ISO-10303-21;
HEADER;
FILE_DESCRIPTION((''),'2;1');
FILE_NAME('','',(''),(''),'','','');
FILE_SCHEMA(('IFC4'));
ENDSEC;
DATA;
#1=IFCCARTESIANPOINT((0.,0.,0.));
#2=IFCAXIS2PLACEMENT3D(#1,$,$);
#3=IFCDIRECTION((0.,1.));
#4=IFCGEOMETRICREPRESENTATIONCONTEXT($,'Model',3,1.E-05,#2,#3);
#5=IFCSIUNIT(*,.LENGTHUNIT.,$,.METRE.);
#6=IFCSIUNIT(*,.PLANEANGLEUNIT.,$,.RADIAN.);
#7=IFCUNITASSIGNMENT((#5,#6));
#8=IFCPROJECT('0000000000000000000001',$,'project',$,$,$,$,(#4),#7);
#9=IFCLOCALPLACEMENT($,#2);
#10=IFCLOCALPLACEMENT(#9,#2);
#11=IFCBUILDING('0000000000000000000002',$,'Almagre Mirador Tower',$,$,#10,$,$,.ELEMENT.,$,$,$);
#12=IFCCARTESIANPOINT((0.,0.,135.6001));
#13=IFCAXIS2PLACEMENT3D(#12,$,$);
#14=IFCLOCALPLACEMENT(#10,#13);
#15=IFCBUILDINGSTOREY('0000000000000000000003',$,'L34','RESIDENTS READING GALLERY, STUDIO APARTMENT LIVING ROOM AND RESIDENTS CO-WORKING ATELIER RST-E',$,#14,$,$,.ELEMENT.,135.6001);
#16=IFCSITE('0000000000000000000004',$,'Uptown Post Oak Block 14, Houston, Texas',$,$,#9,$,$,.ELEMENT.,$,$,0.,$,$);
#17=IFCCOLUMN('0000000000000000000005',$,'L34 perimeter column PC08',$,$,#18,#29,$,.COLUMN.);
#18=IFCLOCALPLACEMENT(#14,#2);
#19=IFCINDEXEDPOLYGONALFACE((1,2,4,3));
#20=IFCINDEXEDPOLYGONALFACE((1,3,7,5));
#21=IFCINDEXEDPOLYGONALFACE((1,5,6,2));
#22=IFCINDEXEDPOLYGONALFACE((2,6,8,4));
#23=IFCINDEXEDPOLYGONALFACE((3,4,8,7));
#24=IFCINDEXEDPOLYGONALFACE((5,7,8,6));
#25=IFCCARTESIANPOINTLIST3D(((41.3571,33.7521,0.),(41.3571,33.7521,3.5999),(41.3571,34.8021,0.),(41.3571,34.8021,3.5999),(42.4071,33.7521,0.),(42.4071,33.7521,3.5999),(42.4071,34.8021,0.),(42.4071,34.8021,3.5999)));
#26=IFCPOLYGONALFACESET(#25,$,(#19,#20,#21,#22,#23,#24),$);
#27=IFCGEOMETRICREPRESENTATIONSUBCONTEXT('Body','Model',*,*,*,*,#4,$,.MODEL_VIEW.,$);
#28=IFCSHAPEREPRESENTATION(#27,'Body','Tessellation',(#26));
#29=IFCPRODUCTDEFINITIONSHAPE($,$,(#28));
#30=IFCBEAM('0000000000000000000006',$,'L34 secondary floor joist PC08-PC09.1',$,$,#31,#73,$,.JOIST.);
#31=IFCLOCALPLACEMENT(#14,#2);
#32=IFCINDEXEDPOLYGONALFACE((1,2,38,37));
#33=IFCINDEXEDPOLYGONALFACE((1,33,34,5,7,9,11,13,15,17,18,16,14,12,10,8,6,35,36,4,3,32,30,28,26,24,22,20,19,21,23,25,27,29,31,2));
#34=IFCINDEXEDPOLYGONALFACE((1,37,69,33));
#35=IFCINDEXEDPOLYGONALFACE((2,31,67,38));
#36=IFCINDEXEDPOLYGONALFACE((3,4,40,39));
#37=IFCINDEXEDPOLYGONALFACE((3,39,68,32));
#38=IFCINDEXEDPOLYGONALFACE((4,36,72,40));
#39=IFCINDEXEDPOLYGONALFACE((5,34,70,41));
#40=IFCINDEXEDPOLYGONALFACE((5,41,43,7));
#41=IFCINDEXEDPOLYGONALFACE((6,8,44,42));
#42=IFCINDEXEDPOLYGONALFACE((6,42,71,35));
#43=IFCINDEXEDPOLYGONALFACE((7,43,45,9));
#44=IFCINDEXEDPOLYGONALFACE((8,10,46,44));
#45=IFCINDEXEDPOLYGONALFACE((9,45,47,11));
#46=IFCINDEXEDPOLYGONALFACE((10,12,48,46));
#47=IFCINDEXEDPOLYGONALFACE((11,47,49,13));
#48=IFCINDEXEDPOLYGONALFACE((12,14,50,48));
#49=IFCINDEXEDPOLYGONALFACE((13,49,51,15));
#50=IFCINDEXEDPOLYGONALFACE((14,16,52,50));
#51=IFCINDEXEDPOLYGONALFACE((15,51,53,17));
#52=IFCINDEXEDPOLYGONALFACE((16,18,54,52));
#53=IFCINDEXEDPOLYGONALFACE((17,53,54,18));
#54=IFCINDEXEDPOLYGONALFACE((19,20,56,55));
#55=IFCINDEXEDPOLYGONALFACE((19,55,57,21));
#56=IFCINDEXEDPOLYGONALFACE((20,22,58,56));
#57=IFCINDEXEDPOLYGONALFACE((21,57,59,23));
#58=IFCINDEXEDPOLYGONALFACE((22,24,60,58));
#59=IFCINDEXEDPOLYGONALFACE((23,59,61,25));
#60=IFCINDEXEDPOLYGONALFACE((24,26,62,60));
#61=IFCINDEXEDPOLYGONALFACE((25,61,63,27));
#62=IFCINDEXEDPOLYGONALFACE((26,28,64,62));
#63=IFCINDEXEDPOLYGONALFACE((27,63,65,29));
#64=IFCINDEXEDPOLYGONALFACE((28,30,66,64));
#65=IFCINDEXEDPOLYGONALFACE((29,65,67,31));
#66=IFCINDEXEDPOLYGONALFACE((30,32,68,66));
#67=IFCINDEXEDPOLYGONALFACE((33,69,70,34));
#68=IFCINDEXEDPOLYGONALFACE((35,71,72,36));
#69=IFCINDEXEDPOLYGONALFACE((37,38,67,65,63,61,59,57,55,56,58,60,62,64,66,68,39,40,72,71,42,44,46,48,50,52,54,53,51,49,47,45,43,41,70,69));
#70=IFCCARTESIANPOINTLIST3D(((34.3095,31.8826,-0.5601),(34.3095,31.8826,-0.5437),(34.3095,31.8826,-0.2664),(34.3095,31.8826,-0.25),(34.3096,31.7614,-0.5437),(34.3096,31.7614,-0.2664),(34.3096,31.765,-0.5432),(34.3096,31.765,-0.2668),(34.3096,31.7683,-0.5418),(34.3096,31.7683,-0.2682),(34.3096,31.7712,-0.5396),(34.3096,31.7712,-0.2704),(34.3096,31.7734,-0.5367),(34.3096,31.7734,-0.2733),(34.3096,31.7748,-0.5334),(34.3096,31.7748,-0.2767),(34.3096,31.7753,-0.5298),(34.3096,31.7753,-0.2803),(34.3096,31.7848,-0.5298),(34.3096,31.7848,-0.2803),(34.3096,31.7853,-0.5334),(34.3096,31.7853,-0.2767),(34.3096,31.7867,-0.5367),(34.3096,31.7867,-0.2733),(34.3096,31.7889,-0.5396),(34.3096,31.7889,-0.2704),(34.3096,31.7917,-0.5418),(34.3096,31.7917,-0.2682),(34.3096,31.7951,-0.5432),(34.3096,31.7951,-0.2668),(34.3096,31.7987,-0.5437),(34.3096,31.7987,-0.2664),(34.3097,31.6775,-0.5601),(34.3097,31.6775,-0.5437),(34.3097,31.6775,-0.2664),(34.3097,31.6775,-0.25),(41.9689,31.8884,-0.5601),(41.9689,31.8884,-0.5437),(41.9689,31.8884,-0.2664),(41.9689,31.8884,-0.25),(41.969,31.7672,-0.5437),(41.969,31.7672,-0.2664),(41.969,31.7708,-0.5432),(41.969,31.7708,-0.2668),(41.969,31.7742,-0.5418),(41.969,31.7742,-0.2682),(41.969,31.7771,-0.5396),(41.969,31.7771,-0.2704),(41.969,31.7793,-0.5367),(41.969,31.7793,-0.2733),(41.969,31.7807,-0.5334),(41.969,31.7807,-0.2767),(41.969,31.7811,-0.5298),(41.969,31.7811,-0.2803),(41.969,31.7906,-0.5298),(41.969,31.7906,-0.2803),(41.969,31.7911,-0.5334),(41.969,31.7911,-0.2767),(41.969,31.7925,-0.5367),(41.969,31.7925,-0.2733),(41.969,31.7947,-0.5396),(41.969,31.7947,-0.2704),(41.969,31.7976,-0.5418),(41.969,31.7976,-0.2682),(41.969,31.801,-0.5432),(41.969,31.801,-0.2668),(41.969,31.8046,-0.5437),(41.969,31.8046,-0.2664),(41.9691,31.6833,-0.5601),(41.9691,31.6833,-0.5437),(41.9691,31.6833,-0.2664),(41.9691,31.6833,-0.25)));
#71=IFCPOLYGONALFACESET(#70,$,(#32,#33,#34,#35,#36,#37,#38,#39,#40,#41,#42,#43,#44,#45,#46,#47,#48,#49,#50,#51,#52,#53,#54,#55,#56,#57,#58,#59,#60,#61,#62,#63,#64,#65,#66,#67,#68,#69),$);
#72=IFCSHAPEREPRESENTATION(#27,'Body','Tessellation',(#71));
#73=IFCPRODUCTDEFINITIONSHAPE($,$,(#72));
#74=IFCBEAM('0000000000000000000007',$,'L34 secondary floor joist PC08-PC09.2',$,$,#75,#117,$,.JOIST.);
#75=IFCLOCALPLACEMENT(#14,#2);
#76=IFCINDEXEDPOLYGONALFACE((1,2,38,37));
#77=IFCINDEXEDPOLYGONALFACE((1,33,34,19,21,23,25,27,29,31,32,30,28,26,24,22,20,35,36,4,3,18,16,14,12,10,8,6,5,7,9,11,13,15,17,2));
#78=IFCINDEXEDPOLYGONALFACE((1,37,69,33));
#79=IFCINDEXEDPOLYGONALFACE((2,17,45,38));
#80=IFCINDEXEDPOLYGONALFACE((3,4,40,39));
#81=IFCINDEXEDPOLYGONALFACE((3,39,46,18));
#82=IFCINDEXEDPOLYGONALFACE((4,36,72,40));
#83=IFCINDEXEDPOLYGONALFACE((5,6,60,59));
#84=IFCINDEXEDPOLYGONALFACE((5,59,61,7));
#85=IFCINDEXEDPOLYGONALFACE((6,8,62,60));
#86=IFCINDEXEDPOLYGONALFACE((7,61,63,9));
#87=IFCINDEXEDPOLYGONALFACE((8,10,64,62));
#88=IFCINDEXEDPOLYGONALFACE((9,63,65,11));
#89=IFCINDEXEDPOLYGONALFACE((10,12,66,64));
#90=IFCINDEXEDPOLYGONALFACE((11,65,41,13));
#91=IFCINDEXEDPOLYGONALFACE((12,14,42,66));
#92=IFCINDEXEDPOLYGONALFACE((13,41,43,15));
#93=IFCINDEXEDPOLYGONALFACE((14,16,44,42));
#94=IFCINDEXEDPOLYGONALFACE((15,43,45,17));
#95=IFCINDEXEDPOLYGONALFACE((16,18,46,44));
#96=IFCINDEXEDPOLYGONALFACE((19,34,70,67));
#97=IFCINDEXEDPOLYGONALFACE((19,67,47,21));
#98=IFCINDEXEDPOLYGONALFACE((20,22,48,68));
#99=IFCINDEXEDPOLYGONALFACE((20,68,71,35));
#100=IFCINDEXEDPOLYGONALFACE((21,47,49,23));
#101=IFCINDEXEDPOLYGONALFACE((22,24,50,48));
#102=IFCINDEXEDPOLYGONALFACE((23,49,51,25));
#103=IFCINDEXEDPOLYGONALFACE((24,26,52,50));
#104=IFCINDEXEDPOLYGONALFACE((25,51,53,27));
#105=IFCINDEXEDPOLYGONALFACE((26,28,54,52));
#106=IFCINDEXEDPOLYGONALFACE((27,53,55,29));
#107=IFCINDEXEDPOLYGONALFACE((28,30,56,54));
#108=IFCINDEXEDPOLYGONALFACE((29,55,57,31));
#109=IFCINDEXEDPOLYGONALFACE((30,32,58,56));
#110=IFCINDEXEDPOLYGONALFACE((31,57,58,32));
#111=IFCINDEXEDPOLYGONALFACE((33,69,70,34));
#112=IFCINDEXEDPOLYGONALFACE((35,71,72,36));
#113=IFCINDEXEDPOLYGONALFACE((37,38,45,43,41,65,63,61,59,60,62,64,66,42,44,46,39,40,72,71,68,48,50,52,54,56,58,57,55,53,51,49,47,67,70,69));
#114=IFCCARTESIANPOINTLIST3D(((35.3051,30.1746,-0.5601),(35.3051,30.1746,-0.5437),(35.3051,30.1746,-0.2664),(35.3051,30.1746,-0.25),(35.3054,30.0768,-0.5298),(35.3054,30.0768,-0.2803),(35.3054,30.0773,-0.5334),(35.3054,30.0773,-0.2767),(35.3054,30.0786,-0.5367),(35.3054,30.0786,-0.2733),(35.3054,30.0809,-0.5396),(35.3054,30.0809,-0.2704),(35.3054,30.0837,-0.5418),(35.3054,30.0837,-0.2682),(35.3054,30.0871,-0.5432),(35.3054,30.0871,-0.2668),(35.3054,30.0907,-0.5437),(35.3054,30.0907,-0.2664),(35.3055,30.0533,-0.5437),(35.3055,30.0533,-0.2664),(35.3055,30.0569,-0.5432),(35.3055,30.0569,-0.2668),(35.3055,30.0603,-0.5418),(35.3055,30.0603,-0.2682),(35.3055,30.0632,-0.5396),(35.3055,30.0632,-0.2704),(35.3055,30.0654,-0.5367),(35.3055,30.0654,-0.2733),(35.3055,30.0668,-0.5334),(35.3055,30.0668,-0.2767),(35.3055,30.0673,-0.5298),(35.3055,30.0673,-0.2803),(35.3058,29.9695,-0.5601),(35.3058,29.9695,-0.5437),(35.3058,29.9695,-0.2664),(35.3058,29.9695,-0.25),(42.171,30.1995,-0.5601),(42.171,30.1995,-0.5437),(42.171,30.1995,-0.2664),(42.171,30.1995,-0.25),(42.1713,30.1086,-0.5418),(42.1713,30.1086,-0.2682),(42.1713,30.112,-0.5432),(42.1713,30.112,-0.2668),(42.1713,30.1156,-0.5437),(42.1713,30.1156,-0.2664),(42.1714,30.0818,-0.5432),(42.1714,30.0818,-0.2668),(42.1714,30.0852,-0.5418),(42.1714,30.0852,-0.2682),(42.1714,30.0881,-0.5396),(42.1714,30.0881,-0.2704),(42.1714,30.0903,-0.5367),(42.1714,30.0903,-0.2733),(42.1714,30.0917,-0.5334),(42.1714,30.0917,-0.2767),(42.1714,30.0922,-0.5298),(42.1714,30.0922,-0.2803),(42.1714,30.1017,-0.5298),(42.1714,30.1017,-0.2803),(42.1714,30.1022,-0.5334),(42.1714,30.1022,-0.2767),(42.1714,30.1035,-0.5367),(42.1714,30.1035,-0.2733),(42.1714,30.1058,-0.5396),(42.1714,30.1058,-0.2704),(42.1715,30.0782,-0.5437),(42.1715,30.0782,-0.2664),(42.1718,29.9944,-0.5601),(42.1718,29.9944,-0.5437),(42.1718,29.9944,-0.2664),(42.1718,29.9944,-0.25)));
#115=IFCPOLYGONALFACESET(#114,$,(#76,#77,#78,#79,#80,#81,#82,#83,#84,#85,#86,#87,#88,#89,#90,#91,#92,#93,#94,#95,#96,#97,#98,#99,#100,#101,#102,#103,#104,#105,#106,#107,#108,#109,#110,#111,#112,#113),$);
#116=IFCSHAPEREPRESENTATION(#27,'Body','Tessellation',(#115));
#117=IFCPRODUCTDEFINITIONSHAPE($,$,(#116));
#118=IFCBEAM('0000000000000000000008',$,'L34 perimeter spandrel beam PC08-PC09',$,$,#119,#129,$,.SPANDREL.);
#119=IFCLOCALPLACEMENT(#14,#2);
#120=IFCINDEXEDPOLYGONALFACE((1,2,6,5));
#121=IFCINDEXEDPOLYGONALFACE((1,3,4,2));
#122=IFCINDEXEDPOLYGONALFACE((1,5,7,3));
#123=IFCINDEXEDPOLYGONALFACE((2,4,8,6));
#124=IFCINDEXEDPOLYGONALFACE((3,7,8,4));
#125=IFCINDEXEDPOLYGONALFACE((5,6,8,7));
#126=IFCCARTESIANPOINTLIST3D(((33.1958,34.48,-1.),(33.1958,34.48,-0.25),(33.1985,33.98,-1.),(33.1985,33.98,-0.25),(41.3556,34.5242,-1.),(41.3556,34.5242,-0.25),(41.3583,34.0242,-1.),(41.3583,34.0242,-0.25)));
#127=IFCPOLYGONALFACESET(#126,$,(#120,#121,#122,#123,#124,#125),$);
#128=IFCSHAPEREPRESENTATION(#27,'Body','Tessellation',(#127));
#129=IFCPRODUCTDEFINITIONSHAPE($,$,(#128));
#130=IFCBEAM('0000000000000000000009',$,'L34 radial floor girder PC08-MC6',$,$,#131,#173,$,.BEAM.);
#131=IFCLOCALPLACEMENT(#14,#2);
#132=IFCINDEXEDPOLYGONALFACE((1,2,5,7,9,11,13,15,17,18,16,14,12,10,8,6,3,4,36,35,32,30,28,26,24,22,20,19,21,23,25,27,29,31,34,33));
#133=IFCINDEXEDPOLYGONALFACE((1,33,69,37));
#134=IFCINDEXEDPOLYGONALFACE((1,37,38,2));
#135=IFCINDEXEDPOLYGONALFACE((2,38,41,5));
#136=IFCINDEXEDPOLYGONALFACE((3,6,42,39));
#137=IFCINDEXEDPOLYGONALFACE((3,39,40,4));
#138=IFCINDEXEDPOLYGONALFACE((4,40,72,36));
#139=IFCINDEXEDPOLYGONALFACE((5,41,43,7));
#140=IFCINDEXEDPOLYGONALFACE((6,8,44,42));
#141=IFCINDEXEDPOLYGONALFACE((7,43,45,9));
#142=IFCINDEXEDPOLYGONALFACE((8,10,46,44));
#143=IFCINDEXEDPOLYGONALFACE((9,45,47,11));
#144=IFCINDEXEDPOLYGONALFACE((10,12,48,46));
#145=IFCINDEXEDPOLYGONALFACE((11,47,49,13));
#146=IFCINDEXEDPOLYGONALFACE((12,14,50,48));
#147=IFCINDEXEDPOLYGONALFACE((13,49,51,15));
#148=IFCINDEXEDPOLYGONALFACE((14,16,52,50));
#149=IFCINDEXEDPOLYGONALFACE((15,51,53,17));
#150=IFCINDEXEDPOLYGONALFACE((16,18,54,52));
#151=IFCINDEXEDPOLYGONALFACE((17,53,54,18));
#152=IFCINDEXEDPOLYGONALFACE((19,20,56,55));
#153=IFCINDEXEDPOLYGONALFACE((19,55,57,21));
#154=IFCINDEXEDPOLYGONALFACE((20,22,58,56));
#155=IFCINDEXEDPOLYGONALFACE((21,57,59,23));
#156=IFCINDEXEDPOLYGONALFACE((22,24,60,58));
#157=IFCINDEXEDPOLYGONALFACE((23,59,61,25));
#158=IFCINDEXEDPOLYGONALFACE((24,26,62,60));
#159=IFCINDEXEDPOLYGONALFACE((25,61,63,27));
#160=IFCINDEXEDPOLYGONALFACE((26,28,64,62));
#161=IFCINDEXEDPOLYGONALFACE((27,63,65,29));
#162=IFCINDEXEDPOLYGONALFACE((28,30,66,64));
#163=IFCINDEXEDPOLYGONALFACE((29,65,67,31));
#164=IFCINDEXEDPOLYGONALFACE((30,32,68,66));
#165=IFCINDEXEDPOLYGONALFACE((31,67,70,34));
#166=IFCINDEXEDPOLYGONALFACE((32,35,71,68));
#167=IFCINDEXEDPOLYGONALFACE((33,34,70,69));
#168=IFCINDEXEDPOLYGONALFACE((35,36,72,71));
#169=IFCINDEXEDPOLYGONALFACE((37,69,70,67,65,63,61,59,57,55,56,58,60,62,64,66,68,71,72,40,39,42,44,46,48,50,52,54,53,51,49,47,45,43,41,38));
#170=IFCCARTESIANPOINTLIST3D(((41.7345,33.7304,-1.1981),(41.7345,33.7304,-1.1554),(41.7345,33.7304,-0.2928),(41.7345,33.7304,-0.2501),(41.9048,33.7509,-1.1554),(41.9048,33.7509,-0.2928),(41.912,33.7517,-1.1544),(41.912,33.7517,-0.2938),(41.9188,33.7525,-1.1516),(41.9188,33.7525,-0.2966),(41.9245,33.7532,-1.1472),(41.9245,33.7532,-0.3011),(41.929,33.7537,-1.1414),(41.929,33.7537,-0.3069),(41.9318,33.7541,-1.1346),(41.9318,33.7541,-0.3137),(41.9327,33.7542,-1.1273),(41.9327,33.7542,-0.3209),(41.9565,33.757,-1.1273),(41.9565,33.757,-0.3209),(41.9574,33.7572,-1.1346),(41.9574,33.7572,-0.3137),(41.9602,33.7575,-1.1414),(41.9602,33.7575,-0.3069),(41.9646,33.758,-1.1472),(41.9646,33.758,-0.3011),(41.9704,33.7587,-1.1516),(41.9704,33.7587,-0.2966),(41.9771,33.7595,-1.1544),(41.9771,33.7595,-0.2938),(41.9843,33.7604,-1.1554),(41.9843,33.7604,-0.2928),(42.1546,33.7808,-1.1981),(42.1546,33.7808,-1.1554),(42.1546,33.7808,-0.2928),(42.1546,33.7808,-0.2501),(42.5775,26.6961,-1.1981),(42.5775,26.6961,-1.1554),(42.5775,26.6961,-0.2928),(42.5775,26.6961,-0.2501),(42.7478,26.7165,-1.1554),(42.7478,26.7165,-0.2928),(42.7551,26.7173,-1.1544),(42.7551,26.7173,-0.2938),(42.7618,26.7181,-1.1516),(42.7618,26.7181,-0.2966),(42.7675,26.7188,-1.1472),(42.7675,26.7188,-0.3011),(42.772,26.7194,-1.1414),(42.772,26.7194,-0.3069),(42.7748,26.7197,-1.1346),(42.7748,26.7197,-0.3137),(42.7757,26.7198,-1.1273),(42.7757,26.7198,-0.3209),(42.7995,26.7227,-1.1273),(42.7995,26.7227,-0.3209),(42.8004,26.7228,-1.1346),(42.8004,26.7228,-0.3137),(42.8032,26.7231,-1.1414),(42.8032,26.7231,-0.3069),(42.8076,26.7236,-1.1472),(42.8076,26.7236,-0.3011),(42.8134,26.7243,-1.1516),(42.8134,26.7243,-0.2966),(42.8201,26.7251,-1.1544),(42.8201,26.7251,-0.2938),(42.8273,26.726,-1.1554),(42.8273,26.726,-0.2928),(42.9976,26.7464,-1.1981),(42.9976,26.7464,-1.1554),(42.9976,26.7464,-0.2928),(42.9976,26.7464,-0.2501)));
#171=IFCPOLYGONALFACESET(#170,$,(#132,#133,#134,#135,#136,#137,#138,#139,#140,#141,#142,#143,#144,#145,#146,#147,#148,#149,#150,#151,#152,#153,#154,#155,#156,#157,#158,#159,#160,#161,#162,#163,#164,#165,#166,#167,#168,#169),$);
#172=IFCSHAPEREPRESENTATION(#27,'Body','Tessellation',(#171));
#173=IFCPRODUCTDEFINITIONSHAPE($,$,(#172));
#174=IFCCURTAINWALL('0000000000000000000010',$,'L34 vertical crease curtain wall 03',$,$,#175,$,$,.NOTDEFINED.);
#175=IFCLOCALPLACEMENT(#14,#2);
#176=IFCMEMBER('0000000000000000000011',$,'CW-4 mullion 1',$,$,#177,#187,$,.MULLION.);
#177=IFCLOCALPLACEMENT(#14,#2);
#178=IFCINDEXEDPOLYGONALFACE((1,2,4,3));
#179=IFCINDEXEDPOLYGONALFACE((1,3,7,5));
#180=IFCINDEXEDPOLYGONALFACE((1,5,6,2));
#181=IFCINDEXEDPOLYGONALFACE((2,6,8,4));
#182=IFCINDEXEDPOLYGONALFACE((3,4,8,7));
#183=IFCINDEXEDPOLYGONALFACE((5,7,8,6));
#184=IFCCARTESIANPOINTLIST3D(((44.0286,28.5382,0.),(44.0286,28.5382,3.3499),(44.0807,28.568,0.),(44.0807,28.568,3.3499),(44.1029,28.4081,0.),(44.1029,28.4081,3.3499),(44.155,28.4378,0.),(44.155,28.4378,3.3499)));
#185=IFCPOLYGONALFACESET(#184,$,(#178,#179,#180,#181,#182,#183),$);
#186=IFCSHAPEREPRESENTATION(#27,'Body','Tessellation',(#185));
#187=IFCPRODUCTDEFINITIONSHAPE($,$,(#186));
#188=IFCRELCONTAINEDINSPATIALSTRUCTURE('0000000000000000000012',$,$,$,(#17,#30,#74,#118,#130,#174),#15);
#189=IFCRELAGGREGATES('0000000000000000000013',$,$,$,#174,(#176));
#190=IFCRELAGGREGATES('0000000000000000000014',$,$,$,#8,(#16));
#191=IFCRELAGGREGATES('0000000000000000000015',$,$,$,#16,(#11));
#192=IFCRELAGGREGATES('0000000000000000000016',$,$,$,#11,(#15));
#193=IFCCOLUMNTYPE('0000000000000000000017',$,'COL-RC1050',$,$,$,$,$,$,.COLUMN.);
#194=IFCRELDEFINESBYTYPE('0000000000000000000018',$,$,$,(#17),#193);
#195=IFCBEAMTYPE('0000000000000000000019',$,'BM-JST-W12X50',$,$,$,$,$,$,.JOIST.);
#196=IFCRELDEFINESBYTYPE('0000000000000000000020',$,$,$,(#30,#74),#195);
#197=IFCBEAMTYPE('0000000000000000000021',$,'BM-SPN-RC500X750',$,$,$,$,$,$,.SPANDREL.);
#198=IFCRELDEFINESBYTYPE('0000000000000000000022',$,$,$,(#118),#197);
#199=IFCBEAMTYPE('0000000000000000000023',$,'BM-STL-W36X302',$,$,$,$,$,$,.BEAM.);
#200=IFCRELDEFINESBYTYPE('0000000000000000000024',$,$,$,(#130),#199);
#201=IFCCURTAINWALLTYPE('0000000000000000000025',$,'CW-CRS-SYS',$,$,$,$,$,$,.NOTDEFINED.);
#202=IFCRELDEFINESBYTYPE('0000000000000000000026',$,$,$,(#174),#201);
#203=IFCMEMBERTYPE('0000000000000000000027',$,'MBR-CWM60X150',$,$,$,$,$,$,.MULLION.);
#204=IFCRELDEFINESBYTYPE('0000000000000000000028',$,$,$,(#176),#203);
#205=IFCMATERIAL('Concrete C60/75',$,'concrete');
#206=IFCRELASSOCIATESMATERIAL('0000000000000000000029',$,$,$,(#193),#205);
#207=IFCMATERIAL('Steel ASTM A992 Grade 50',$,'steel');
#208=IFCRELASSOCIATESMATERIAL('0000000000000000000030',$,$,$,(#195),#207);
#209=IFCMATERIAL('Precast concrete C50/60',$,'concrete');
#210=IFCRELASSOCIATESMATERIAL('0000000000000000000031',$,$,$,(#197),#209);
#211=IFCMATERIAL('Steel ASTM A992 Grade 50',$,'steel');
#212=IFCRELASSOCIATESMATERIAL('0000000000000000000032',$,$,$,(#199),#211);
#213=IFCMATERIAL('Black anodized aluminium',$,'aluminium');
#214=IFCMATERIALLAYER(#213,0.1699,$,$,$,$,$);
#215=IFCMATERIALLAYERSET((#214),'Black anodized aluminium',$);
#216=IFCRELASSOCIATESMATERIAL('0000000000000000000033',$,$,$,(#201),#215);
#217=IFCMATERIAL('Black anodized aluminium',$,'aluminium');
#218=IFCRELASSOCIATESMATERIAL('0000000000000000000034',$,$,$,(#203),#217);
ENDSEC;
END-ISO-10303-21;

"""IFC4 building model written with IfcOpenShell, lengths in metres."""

from ifc_helpers import new_model, si_unit, direction, frame, origin, origin_2d, place, context, subcontext, project, spatial, rectangle, i_section, extrude, material, layer, layer_set, material_profile, profile_set, type_object, element, aggregate, save


model = new_model("IFC4")

# Units and contexts
model_context = context("Model", 3, precision=1e-05, world=origin(), true_north=direction((0.0, 1.0)))
body_context = subcontext(model_context, "Body", "Model", "MODEL_VIEW")
ifc_project = project(units=[si_unit("LENGTHUNIT", "METRE"), si_unit("PLANEANGLEUNIT", "RADIAN")], contexts=[model_context])

# Site, building, storey
site_placement = place(None, origin())
site = spatial("IfcSite", under=ifc_project, at=site_placement, Name="Uptown Post Oak Block 14, Houston, Texas", CompositionType="ELEMENT", RefElevation=0.0)
building_placement = place(site_placement, origin())
building = spatial("IfcBuilding", under=site, at=building_placement, Name="Almagre Mirador Tower", CompositionType="ELEMENT")
storey_placement = place(building_placement, frame((0.0, 0.0, 135.6001)))
storey = spatial("IfcBuildingStorey", under=building, at=storey_placement, Name="L34", Description="RESIDENTS READING GALLERY, STUDIO APARTMENT LIVING ROOM AND RESIDENTS CO-WORKING ATELIER RST-E", CompositionType="ELEMENT", Elevation=135.6001)

# Column
ifc_material_1 = material(Name="Concrete C60/75", Category="concrete")
ifc_material_profile_1 = material_profile(ifc_material_1, rectangle(XDim=1.05, YDim=1.05, at=origin_2d()), Name="RC1050X1050")
ifc_profile_set_1 = profile_set([ifc_material_profile_1], Name="Concrete C60/75")
column_type = type_object("IfcColumnType", Name="COL-RC1050", PredefinedType="COLUMN", material=ifc_profile_set_1)
column_placement = place(storey_placement, frame((41.8821, 34.2771, 0.0), z_axis=(0.0, 0.0, 1.0), x_axis=(1.0, 0.0, 0.0)))
element("IfcColumn", 1, at=column_placement, inside=storey, type_object=column_type, Name="L34 perimeter column PC08", PredefinedType="COLUMN", context=body_context, shape_type="SweptSolid", body=[
    extrude(rectangle(XDim=1.05, YDim=1.05, at=origin_2d()), origin(), (0.0, 0.0, 1.0), 3.5999),
])

# Beams
ifc_material_2 = material(Name="Steel ASTM A992 Grade 50", Category="steel")
ifc_material_profile_2 = material_profile(ifc_material_2, i_section(OverallWidth=0.2051, OverallDepth=0.3101, WebThickness=0.0095, FlangeThickness=0.0164, FilletRadius=0.0139, at=origin_2d()), Name="W12X50")
ifc_profile_set_2 = profile_set([ifc_material_profile_2], Name="Steel ASTM A992 Grade 50")
beam_type_1 = type_object("IfcBeamType", Name="BM-JST-W12X50", PredefinedType="JOIST", material=ifc_profile_set_2)
beam_1_placement = place(storey_placement, frame((41.969, 31.7859, -0.405), z_axis=(-1.0, -0.000765, 0.0), x_axis=(0.000765, -1.0, 0.0)))
element("IfcBeam", 2, at=beam_1_placement, inside=storey, type_object=beam_type_1, Name="L34 secondary floor joist PC08-PC09.1", PredefinedType="JOIST", context=body_context, shape_type="SweptSolid", body=[
    extrude(i_section(OverallWidth=0.2051, OverallDepth=0.3101, WebThickness=0.0095, FlangeThickness=0.0164, FilletRadius=0.0139, at=origin_2d()), origin(), (0.0, 0.0, 1.0), 7.6594),
])
beam_2_placement = place(storey_placement, frame((42.1714, 30.0969, -0.405), z_axis=(-0.999993, -0.003627, 0.0), x_axis=(0.003627, -0.999993, 0.0)))
element("IfcBeam", 3, at=beam_2_placement, inside=storey, type_object=beam_type_1, Name="L34 secondary floor joist PC08-PC09.2", PredefinedType="JOIST", context=body_context, shape_type="SweptSolid", body=[
    extrude(i_section(OverallWidth=0.2051, OverallDepth=0.3101, WebThickness=0.0095, FlangeThickness=0.0164, FilletRadius=0.0139, at=origin_2d()), origin(), (0.0, 0.0, 1.0), 6.866),
])
ifc_material_3 = material(Name="Precast concrete C50/60", Category="concrete")
ifc_material_profile_3 = material_profile(ifc_material_3, rectangle(XDim=0.5, YDim=0.75, at=origin_2d()), Name="RC500X750")
ifc_profile_set_3 = profile_set([ifc_material_profile_3], Name="Precast concrete C50/60")
beam_type_2 = type_object("IfcBeamType", Name="BM-SPN-RC500X750", PredefinedType="SPANDREL", material=ifc_profile_set_3)
beam_3_placement = place(storey_placement, frame((41.3569, 34.2742, -0.625), z_axis=(-0.999985, -0.005415, 0.0), x_axis=(0.005415, -0.999985, 0.0)))
element("IfcBeam", 4, at=beam_3_placement, inside=storey, type_object=beam_type_2, Name="L34 perimeter spandrel beam PC08-PC09", PredefinedType="SPANDREL", context=body_context, shape_type="SweptSolid", body=[
    extrude(rectangle(XDim=0.5, YDim=0.75, at=origin_2d()), origin(), (0.0, 0.0, 1.0), 8.1599),
])
ifc_material_4 = material(Name="Steel ASTM A992 Grade 50", Category="steel")
ifc_material_profile_4 = material_profile(ifc_material_4, i_section(OverallWidth=0.4231, OverallDepth=0.948, WebThickness=0.0239, FlangeThickness=0.0427, FilletRadius=0.0281, at=origin_2d()), Name="W36X302")
ifc_profile_set_4 = profile_set([ifc_material_profile_4], Name="Steel ASTM A992 Grade 50")
beam_type_3 = type_object("IfcBeamType", Name="BM-STL-W36X302", PredefinedType="BEAM", material=ifc_profile_set_4)
beam_4_placement = place(storey_placement, frame((41.9446, 33.7556, -0.7241), z_axis=(0.11899, -0.992895, 0.0), x_axis=(0.992895, 0.11899, 0.0)))
element("IfcBeam", 5, at=beam_4_placement, inside=storey, type_object=beam_type_3, Name="L34 radial floor girder PC08-MC6", PredefinedType="BEAM", context=body_context, shape_type="SweptSolid", body=[
    extrude(i_section(OverallWidth=0.4231, OverallDepth=0.948, WebThickness=0.0239, FlangeThickness=0.0427, FilletRadius=0.0281, at=origin_2d()), origin(), (0.0, 0.0, 1.0), 7.0847),
])

# Curtain wall, member
ifc_material_5 = material(Name="Black anodized aluminium", Category="aluminium")
ifc_layer_1 = layer(ifc_material_5, 0.1699)
ifc_layer_set_1 = layer_set([ifc_layer_1], Name="Black anodized aluminium")
curtain_wall_type = type_object("IfcCurtainWallType", Name="CW-CRS-SYS", PredefinedType="NOTDEFINED", material=ifc_layer_set_1)
curtain_wall_placement = place(storey_placement, origin())
curtain_wall = element("IfcCurtainWall", 6, at=curtain_wall_placement, inside=storey, type_object=curtain_wall_type, Name="L34 vertical crease curtain wall 03", PredefinedType="NOTDEFINED")
ifc_material_6 = material(Name="Black anodized aluminium", Category="aluminium")
ifc_material_profile_5 = material_profile(ifc_material_6, rectangle(XDim=0.0601, YDim=0.1499, at=origin_2d()), Name="CWM60X150")
ifc_profile_set_5 = profile_set([ifc_material_profile_5], Name="Black anodized aluminium")
member_type = type_object("IfcMemberType", Name="MBR-CWM60X150", PredefinedType="MULLION", material=ifc_profile_set_5)
member_placement = place(storey_placement, frame((44.0918, 28.488, 0.0), z_axis=(0.0, 0.0, 1.0), x_axis=(0.868479, 0.495727, 0.0)))
member = element("IfcMember", 7, at=member_placement, type_object=member_type, Name="CW-4 mullion 1", PredefinedType="MULLION", context=body_context, shape_type="SweptSolid", body=[
    extrude(rectangle(XDim=0.0601, YDim=0.1499, at=origin_2d()), origin(), (0.0, 0.0, 1.0), 3.3499),
])
aggregate(curtain_wall, [member])

save(model, "model.ifc")
